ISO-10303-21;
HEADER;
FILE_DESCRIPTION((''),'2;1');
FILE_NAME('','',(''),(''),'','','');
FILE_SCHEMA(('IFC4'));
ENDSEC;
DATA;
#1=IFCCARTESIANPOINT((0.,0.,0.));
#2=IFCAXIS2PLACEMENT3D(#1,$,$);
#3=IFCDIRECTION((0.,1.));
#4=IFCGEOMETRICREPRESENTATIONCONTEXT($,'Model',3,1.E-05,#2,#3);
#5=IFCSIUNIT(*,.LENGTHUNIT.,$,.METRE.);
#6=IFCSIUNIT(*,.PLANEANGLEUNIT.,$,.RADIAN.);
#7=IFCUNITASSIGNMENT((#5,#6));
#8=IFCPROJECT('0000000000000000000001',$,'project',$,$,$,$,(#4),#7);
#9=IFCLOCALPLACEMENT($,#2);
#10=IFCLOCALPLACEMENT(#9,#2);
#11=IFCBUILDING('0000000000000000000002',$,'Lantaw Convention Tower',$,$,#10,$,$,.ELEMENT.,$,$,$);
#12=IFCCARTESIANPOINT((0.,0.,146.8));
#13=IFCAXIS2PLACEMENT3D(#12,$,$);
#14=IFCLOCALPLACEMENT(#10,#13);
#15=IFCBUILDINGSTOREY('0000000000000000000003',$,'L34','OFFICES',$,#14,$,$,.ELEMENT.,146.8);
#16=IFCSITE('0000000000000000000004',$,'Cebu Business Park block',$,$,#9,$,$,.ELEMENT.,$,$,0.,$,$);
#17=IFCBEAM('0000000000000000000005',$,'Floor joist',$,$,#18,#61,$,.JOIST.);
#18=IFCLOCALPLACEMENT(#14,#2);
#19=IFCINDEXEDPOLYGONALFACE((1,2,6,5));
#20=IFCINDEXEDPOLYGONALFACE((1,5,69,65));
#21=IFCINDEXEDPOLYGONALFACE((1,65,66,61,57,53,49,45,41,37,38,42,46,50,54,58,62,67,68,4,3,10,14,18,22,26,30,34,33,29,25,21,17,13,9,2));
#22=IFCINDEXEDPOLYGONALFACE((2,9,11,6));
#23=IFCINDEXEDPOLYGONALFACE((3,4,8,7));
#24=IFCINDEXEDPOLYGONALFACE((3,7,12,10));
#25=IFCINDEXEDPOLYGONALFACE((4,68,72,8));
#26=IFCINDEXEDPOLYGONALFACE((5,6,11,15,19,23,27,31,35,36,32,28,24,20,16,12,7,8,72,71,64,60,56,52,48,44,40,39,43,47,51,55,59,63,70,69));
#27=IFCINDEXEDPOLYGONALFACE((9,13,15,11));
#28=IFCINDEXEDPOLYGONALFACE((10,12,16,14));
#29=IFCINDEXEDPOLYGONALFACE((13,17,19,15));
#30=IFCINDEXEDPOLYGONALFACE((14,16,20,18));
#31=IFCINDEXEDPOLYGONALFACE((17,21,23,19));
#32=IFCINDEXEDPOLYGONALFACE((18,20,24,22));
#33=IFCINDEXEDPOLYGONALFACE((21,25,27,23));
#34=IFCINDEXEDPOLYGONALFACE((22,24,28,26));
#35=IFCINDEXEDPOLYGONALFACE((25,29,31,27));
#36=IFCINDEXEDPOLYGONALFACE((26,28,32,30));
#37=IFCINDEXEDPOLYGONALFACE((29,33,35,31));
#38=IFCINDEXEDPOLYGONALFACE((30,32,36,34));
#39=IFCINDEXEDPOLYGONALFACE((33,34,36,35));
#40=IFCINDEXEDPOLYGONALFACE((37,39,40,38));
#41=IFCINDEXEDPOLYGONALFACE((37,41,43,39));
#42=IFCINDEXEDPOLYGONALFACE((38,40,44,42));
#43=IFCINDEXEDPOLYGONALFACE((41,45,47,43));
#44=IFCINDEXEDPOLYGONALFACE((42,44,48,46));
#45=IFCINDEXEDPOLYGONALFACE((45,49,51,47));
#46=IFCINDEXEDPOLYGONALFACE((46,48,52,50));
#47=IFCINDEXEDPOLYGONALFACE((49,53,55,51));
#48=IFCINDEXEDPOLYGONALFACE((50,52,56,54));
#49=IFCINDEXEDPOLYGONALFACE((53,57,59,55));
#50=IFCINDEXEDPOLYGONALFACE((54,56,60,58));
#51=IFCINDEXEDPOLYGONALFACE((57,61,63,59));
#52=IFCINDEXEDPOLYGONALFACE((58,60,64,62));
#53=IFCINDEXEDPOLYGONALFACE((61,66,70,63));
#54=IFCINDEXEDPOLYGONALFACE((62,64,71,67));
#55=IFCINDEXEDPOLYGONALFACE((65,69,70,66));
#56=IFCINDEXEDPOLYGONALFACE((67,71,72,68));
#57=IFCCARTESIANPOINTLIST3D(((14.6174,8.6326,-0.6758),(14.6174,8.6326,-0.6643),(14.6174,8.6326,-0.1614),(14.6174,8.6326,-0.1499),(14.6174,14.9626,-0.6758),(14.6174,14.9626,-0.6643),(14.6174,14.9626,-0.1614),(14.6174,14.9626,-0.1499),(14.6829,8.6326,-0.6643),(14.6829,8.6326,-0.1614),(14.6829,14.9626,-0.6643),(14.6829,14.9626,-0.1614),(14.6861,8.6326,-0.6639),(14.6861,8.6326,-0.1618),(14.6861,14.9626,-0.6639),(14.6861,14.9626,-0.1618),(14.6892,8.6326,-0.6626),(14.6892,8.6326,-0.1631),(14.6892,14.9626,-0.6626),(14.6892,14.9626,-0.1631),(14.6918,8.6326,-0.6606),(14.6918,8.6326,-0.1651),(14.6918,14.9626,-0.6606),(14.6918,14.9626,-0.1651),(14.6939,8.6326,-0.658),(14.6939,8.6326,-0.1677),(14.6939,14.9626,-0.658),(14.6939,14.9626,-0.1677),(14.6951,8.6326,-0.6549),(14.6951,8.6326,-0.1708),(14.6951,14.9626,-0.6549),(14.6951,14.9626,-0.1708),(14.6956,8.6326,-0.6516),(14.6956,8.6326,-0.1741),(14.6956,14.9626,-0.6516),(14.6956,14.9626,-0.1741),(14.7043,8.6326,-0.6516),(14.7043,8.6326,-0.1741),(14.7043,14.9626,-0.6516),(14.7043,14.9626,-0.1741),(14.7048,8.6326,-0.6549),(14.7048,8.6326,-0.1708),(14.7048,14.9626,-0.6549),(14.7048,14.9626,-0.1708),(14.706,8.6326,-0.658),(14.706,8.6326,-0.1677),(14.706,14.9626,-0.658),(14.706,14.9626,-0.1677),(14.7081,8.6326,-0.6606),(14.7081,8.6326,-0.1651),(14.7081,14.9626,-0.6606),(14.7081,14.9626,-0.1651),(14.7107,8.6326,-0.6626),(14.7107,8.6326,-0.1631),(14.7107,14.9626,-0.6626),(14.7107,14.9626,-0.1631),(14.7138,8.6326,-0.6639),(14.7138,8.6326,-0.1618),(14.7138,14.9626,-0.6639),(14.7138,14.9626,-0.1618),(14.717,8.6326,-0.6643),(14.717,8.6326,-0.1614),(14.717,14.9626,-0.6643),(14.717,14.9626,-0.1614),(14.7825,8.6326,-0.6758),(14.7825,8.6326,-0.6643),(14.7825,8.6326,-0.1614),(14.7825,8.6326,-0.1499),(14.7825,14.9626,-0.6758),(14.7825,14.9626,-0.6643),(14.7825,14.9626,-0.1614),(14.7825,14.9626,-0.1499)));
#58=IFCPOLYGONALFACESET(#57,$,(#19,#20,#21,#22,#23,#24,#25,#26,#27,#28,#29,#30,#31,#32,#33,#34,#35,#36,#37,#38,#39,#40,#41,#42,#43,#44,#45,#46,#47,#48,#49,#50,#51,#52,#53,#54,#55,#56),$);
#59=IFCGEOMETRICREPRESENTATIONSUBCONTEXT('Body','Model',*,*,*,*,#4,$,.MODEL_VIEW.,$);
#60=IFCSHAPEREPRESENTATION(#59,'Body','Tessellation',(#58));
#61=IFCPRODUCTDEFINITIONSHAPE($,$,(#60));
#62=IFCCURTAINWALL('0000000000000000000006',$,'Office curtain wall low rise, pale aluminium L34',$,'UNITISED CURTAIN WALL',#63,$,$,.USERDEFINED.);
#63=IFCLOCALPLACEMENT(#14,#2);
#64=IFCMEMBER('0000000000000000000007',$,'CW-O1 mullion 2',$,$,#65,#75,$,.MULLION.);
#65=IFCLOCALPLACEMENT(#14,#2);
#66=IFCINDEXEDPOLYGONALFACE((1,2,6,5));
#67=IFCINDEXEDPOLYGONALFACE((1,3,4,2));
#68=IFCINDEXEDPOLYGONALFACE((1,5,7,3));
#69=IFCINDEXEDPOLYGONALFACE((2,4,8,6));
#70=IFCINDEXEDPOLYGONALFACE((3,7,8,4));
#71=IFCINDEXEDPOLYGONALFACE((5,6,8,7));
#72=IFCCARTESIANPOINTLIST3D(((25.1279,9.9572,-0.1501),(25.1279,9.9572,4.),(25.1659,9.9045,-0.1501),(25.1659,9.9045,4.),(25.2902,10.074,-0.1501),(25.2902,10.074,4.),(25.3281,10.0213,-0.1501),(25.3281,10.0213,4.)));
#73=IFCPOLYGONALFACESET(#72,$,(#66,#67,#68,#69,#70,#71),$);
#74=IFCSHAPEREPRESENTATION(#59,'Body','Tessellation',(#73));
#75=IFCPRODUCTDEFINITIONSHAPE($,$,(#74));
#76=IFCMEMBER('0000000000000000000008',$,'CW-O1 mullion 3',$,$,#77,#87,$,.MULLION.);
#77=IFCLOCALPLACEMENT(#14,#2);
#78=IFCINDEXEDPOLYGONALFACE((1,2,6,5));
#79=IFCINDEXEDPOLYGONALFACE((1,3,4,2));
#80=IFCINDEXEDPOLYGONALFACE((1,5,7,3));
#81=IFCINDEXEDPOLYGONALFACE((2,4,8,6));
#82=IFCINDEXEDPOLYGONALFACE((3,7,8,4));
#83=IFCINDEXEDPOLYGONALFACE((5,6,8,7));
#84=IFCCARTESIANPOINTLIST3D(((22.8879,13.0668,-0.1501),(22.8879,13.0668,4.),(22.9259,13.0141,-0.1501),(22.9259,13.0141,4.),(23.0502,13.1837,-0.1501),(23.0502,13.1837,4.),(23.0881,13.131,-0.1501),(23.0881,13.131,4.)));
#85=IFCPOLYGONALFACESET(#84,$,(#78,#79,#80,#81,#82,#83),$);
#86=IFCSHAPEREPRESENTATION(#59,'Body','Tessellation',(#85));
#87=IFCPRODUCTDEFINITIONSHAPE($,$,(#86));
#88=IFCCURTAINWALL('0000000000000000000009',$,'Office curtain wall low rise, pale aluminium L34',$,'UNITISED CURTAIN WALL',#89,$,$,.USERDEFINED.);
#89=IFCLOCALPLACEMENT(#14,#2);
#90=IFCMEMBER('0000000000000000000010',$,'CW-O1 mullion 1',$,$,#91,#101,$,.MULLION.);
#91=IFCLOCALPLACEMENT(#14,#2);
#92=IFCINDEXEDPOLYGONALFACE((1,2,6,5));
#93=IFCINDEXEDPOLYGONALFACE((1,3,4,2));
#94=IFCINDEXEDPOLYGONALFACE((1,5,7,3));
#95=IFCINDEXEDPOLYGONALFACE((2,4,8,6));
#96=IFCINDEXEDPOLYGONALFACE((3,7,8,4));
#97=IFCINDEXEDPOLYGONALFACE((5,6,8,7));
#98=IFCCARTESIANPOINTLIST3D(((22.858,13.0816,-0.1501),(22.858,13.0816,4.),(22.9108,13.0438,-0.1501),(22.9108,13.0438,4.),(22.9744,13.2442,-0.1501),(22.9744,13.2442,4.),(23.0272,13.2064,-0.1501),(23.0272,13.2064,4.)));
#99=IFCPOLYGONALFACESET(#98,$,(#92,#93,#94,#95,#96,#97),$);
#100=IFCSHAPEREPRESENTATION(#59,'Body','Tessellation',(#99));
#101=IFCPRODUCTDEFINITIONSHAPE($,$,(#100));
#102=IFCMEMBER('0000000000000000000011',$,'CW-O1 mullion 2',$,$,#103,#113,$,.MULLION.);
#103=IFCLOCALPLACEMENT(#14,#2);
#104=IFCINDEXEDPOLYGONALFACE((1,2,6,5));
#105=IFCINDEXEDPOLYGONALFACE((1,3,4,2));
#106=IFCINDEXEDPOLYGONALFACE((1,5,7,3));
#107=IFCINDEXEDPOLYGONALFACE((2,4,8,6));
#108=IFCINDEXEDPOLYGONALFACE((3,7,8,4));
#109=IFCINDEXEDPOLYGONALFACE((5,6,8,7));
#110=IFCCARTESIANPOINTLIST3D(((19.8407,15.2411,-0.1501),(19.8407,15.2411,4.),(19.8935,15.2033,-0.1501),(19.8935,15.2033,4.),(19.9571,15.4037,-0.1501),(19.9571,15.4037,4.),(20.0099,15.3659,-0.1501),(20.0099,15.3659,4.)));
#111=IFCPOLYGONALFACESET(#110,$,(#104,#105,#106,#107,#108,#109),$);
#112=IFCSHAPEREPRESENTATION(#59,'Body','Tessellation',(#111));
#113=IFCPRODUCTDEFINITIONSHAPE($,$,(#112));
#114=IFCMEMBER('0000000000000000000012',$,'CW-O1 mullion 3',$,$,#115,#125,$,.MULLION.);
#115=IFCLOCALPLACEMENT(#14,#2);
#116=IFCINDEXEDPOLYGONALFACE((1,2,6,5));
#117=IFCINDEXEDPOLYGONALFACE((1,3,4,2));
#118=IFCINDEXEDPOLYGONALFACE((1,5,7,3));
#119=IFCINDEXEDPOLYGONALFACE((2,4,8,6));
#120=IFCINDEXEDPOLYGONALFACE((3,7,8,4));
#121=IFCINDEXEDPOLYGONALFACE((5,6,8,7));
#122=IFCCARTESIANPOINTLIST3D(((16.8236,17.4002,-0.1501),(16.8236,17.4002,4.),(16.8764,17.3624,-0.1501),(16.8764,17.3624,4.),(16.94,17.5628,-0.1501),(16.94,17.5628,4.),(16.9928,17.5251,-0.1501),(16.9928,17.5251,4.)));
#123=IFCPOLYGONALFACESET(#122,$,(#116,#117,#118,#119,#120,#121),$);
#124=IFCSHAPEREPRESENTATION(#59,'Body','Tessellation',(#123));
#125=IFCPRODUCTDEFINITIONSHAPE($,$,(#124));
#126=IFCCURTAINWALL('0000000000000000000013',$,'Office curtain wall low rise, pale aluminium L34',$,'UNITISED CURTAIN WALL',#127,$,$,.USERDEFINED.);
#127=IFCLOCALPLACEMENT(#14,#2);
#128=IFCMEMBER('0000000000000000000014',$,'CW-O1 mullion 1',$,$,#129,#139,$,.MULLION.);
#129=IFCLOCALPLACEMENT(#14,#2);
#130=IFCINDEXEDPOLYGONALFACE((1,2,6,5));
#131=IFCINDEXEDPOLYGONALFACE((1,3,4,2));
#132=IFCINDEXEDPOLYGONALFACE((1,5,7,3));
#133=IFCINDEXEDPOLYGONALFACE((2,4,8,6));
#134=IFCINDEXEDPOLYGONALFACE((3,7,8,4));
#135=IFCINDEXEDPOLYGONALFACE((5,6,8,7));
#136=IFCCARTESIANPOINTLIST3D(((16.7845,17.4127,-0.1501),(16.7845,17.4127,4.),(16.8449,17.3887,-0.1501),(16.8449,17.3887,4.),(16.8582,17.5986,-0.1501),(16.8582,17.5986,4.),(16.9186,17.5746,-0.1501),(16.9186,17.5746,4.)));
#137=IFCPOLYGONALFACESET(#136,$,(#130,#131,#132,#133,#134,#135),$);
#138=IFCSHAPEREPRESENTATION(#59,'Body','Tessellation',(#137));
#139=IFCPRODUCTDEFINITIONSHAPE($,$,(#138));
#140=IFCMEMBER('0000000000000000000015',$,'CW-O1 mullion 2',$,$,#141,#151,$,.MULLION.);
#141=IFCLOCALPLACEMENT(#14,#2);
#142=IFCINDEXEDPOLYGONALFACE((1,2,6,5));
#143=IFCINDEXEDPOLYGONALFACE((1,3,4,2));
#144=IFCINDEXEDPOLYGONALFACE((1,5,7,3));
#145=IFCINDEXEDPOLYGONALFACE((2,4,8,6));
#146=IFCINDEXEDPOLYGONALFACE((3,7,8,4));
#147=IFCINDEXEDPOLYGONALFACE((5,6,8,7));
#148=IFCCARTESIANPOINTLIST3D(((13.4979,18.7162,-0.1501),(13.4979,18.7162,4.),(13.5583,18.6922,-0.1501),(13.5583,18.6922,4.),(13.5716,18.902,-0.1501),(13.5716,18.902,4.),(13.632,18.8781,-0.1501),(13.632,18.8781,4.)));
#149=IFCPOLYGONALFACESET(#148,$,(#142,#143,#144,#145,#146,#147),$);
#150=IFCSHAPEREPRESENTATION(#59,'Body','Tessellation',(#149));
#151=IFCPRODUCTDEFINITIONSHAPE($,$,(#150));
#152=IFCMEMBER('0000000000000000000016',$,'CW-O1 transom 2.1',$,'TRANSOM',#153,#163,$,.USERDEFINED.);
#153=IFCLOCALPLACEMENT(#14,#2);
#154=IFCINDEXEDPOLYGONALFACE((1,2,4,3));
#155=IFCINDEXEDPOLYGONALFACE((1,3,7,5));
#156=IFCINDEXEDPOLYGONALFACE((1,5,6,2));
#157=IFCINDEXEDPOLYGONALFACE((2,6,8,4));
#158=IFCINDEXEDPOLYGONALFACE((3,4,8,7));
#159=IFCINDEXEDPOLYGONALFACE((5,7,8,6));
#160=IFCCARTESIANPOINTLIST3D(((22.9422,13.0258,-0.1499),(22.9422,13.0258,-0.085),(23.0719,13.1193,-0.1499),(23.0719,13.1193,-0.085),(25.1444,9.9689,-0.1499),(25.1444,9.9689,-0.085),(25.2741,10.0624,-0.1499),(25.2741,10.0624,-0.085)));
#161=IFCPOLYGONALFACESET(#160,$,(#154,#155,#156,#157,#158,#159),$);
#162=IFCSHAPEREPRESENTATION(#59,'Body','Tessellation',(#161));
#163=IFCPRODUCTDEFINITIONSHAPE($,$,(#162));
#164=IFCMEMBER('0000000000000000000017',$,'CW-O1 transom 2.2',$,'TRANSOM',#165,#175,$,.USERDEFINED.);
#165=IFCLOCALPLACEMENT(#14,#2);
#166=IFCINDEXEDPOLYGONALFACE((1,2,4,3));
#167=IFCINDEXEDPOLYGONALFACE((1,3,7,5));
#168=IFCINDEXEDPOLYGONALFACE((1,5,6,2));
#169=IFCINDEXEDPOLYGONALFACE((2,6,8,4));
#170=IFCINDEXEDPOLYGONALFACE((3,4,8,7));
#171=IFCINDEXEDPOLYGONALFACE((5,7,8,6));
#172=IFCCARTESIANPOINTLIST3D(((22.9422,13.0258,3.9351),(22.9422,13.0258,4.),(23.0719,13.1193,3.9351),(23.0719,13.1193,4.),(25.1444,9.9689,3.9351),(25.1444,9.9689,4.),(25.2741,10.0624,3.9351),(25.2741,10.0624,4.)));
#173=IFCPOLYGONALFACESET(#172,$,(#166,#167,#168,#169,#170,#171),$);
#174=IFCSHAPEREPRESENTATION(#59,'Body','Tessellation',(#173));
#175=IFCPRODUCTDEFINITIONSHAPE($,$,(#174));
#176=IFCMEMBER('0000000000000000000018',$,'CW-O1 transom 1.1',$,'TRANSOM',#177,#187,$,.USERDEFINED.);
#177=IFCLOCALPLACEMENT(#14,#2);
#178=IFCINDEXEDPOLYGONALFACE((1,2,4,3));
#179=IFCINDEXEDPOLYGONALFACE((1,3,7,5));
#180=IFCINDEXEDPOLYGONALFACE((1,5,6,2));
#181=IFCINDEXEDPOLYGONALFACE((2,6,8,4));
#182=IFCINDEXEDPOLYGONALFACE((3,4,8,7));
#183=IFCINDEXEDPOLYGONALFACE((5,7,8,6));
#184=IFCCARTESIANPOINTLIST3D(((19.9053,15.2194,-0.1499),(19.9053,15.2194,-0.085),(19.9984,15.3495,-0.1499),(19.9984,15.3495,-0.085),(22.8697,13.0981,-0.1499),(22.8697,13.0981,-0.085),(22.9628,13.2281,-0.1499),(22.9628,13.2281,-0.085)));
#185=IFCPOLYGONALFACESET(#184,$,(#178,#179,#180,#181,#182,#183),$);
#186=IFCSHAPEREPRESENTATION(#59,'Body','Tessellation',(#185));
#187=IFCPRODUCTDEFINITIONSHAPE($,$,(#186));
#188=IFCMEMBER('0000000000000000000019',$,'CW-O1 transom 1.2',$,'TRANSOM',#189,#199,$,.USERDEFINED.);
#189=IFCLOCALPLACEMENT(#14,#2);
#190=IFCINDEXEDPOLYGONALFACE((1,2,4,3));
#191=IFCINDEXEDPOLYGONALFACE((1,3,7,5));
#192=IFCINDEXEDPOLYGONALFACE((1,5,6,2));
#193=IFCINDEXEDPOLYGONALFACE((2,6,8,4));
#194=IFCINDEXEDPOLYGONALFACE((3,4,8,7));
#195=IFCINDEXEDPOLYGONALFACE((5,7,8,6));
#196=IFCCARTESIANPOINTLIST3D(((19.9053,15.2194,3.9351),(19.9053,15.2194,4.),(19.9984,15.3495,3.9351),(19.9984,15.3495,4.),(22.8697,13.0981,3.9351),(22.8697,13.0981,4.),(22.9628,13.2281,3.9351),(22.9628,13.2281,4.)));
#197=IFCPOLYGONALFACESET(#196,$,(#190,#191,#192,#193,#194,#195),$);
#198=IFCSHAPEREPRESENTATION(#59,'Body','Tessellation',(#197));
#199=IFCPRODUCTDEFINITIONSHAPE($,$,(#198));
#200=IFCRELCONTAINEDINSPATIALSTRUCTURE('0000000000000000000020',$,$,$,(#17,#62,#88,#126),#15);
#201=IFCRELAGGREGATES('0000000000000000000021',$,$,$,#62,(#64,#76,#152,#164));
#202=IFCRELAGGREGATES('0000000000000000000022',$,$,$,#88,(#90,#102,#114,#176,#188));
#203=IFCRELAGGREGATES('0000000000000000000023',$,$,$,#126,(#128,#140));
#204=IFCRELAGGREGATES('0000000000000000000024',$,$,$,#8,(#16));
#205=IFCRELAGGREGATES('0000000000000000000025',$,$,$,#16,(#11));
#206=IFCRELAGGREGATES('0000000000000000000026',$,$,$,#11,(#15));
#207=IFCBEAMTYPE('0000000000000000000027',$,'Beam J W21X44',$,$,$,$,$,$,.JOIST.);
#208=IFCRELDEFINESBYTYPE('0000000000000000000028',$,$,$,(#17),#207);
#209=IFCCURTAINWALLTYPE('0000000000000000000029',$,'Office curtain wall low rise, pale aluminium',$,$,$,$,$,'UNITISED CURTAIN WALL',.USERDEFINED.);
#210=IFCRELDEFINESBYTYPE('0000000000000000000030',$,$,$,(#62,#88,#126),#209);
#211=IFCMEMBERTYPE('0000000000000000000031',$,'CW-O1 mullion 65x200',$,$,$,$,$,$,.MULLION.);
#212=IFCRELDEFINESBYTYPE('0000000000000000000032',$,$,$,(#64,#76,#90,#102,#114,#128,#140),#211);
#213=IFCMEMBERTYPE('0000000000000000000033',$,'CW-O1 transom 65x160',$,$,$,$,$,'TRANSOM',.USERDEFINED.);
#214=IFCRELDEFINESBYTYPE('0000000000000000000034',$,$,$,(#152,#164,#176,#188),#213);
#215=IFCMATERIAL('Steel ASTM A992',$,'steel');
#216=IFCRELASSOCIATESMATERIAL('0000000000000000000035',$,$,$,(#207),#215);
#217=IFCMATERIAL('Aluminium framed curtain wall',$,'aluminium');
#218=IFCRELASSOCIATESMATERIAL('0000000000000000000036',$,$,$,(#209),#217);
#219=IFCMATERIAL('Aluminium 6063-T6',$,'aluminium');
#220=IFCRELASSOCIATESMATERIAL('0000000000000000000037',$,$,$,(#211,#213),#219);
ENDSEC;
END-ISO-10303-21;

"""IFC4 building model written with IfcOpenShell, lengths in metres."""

from ifc_helpers import new_model, si_unit, direction, frame, origin, origin_2d, place, context, subcontext, project, spatial, rectangle, i_section, extrude, material, material_profile, profile_set, type_object, element, aggregate, save


model = new_model("IFC4")

# Units and contexts
model_context = context("Model", 3, precision=1e-05, world=origin(), true_north=direction((0.0, 1.0)))
body_context = subcontext(model_context, "Body", "Model", "MODEL_VIEW")
ifc_project = project(units=[si_unit("LENGTHUNIT", "METRE"), si_unit("PLANEANGLEUNIT", "RADIAN")], contexts=[model_context])

# Site, building, storey
site_placement = place(None, origin())
site = spatial("IfcSite", under=ifc_project, at=site_placement, Name="Cebu Business Park block", CompositionType="ELEMENT", RefElevation=0.0)
building_placement = place(site_placement, origin())
building = spatial("IfcBuilding", under=site, at=building_placement, Name="Lantaw Convention Tower", CompositionType="ELEMENT")
storey_placement = place(building_placement, frame((0.0, 0.0, 146.8)))
storey = spatial("IfcBuildingStorey", under=building, at=storey_placement, Name="L34", Description="OFFICES", CompositionType="ELEMENT", Elevation=146.8)

# Beam
ifc_material_1 = material(Name="Steel ASTM A992", Category="steel")
ifc_material_profile_1 = material_profile(ifc_material_1, i_section(OverallWidth=0.165, OverallDepth=0.5259, WebThickness=0.0088, FlangeThickness=0.0115, FilletRadius=0.0127, at=origin_2d()), Name="W21X44")
ifc_profile_set_1 = profile_set([ifc_material_profile_1], Name="Steel ASTM A992")
beam_type_1 = type_object("IfcBeamType", Name="Beam J W21X44", PredefinedType="JOIST", material=ifc_profile_set_1)
beam_1_placement = place(storey_placement, frame((14.7, 8.6326, -0.4128), z_axis=(0.0, 1.0, 0.0), x_axis=(-1.0, 0.0, 0.0)))
element("IfcBeam", 1, at=beam_1_placement, inside=storey, type_object=beam_type_1, Name="Floor joist", PredefinedType="JOIST", context=body_context, shape_type="SweptSolid", body=[
    extrude(i_section(OverallWidth=0.165, OverallDepth=0.5259, WebThickness=0.0088, FlangeThickness=0.0115, FilletRadius=0.0127, at=origin_2d()), origin(), (0.0, 0.0, 1.0), 6.3301),
])

# Curtain walls, members
ifc_material_2 = material(Name="Aluminium framed curtain wall", Category="aluminium")
curtain_wall_type = type_object("IfcCurtainWallType", Name="Office curtain wall low rise, pale aluminium", ElementType="UNITISED CURTAIN WALL", PredefinedType="USERDEFINED", material=ifc_material_2)
curtain_wall_1_placement = place(storey_placement, origin())
curtain_wall_1 = element("IfcCurtainWall", 2, at=curtain_wall_1_placement, inside=storey, type_object=curtain_wall_type, Name="Office curtain wall low rise, pale aluminium L34", ObjectType="UNITISED CURTAIN WALL", PredefinedType="USERDEFINED")
ifc_material_3 = material(Name="Aluminium 6063-T6", Category="aluminium")
ifc_material_profile_2 = material_profile(ifc_material_3, rectangle(XDim=0.2, YDim=0.0649, at=origin_2d()), Name="CW-O1 mullion 65x200")
ifc_profile_set_2 = profile_set([ifc_material_profile_2], Name="Aluminium 6063-T6")
member_type_1 = type_object("IfcMemberType", Name="CW-O1 mullion 65x200", PredefinedType="MULLION", material=ifc_profile_set_2)
member_1_placement = place(storey_placement, frame((25.228, 9.9893, -0.1501), z_axis=(0.0, 0.0, 1.0), x_axis=(-0.811385, -0.584513, 0.0)))
member_1 = element("IfcMember", 3, at=member_1_placement, type_object=member_type_1, Name="CW-O1 mullion 2", PredefinedType="MULLION", context=body_context, shape_type="SweptSolid", body=[
    extrude(rectangle(XDim=0.2, YDim=0.0649, at=origin_2d()), origin(), (0.0, 0.0, 1.0), 4.1501),
])
member_2_placement = place(storey_placement, frame((22.988, 13.0989, -0.1501), z_axis=(0.0, 0.0, 1.0), x_axis=(-0.811385, -0.584513, 0.0)))
member_2 = element("IfcMember", 4, at=member_2_placement, type_object=member_type_1, Name="CW-O1 mullion 3", PredefinedType="MULLION", context=body_context, shape_type="SweptSolid", body=[
    extrude(rectangle(XDim=0.2, YDim=0.0649, at=origin_2d()), origin(), (0.0, 0.0, 1.0), 4.1501),
])
curtain_wall_2_placement = place(storey_placement, origin())
curtain_wall_2 = element("IfcCurtainWall", 5, at=curtain_wall_2_placement, inside=storey, type_object=curtain_wall_type, Name="Office curtain wall low rise, pale aluminium L34", ObjectType="UNITISED CURTAIN WALL", PredefinedType="USERDEFINED")
member_3_placement = place(storey_placement, frame((22.9426, 13.144, -0.1501), z_axis=(0.0, 0.0, 1.0), x_axis=(-0.581973, -0.813208, 0.0)))
member_3 = element("IfcMember", 6, at=member_3_placement, type_object=member_type_1, Name="CW-O1 mullion 1", PredefinedType="MULLION", context=body_context, shape_type="SweptSolid", body=[
    extrude(rectangle(XDim=0.2, YDim=0.0649, at=origin_2d()), origin(), (0.0, 0.0, 1.0), 4.1501),
])
member_4_placement = place(storey_placement, frame((19.9253, 15.3035, -0.1501), z_axis=(0.0, 0.0, 1.0), x_axis=(-0.581973, -0.813208, 0.0)))
member_4 = element("IfcMember", 7, at=member_4_placement, type_object=member_type_1, Name="CW-O1 mullion 2", PredefinedType="MULLION", context=body_context, shape_type="SweptSolid", body=[
    extrude(rectangle(XDim=0.2, YDim=0.0649, at=origin_2d()), origin(), (0.0, 0.0, 1.0), 4.1501),
])
member_5_placement = place(storey_placement, frame((16.9082, 17.4626, -0.1501), z_axis=(0.0, 0.0, 1.0), x_axis=(-0.581973, -0.813208, 0.0)))
member_5 = element("IfcMember", 8, at=member_5_placement, type_object=member_type_1, Name="CW-O1 mullion 3", PredefinedType="MULLION", context=body_context, shape_type="SweptSolid", body=[
    extrude(rectangle(XDim=0.2, YDim=0.0649, at=origin_2d()), origin(), (0.0, 0.0, 1.0), 4.1501),
])
curtain_wall_3_placement = place(storey_placement, origin())
curtain_wall_3 = element("IfcCurtainWall", 9, at=curtain_wall_3_placement, inside=storey, type_object=curtain_wall_type, Name="Office curtain wall low rise, pale aluminium L34", ObjectType="UNITISED CURTAIN WALL", PredefinedType="USERDEFINED")
member_6_placement = place(storey_placement, frame((16.8516, 17.4937, -0.1501), z_axis=(0.0, 0.0, 1.0), x_axis=(-0.368702, -0.929548, 0.0)))
member_6 = element("IfcMember", 10, at=member_6_placement, type_object=member_type_1, Name="CW-O1 mullion 1", PredefinedType="MULLION", context=body_context, shape_type="SweptSolid", body=[
    extrude(rectangle(XDim=0.2, YDim=0.0649, at=origin_2d()), origin(), (0.0, 0.0, 1.0), 4.1501),
])
member_7_placement = place(storey_placement, frame((13.5649, 18.7971, -0.1501), z_axis=(0.0, 0.0, 1.0), x_axis=(-0.368702, -0.929548, 0.0)))
member_7 = element("IfcMember", 11, at=member_7_placement, type_object=member_type_1, Name="CW-O1 mullion 2", PredefinedType="MULLION", context=body_context, shape_type="SweptSolid", body=[
    extrude(rectangle(XDim=0.2, YDim=0.0649, at=origin_2d()), origin(), (0.0, 0.0, 1.0), 4.1501),
])

# Members
ifc_material_profile_3 = material_profile(ifc_material_3, rectangle(XDim=0.1599, YDim=0.0649, at=origin_2d()), Name="CW-O1 transom 65x160")
ifc_profile_set_3 = profile_set([ifc_material_profile_3], Name="Aluminium 6063-T6")
member_type_2 = type_object("IfcMemberType", Name="CW-O1 transom 65x160", ElementType="TRANSOM", PredefinedType="USERDEFINED", material=ifc_profile_set_3)
member_8_placement = place(storey_placement, frame((25.2092, 10.0156, -0.1174), z_axis=(-0.584513, 0.811384, 0.0), x_axis=(-0.811384, -0.584513, 0.0)))
member_8 = element("IfcMember", 12, at=member_8_placement, type_object=member_type_2, Name="CW-O1 transom 2.1", ObjectType="TRANSOM", PredefinedType="USERDEFINED", context=body_context, shape_type="SweptSolid", body=[
    extrude(rectangle(XDim=0.1599, YDim=0.0649, at=origin_2d()), origin(), (0.0, 0.0, 1.0), 3.7676),
])
member_9_placement = place(storey_placement, frame((25.2092, 10.0156, 3.9675), z_axis=(-0.584513, 0.811384, 0.0), x_axis=(-0.811384, -0.584513, 0.0)))
member_9 = element("IfcMember", 13, at=member_9_placement, type_object=member_type_2, Name="CW-O1 transom 2.2", ObjectType="TRANSOM", PredefinedType="USERDEFINED", context=body_context, shape_type="SweptSolid", body=[
    extrude(rectangle(XDim=0.1599, YDim=0.0649, at=origin_2d()), origin(), (0.0, 0.0, 1.0), 3.7676),
])
member_10_placement = place(storey_placement, frame((22.9163, 13.1631, -0.1174), z_axis=(-0.813222, 0.581954, 0.0), x_axis=(-0.581954, -0.813222, 0.0)))
member_10 = element("IfcMember", 14, at=member_10_placement, type_object=member_type_2, Name="CW-O1 transom 1.1", ObjectType="TRANSOM", PredefinedType="USERDEFINED", context=body_context, shape_type="SweptSolid", body=[
    extrude(rectangle(XDim=0.1599, YDim=0.0649, at=origin_2d()), origin(), (0.0, 0.0, 1.0), 3.6453),
])
member_11_placement = place(storey_placement, frame((22.9163, 13.1631, 3.9675), z_axis=(-0.813222, 0.581954, 0.0), x_axis=(-0.581954, -0.813222, 0.0)))
member_11 = element("IfcMember", 15, at=member_11_placement, type_object=member_type_2, Name="CW-O1 transom 1.2", ObjectType="TRANSOM", PredefinedType="USERDEFINED", context=body_context, shape_type="SweptSolid", body=[
    extrude(rectangle(XDim=0.1599, YDim=0.0649, at=origin_2d()), origin(), (0.0, 0.0, 1.0), 3.6453),
])

aggregate(curtain_wall_1, [member_1, member_2, member_8, member_9])
aggregate(curtain_wall_2, [member_3, member_4, member_5, member_10, member_11])
aggregate(curtain_wall_3, [member_6, member_7])

save(model, "model.ifc")
